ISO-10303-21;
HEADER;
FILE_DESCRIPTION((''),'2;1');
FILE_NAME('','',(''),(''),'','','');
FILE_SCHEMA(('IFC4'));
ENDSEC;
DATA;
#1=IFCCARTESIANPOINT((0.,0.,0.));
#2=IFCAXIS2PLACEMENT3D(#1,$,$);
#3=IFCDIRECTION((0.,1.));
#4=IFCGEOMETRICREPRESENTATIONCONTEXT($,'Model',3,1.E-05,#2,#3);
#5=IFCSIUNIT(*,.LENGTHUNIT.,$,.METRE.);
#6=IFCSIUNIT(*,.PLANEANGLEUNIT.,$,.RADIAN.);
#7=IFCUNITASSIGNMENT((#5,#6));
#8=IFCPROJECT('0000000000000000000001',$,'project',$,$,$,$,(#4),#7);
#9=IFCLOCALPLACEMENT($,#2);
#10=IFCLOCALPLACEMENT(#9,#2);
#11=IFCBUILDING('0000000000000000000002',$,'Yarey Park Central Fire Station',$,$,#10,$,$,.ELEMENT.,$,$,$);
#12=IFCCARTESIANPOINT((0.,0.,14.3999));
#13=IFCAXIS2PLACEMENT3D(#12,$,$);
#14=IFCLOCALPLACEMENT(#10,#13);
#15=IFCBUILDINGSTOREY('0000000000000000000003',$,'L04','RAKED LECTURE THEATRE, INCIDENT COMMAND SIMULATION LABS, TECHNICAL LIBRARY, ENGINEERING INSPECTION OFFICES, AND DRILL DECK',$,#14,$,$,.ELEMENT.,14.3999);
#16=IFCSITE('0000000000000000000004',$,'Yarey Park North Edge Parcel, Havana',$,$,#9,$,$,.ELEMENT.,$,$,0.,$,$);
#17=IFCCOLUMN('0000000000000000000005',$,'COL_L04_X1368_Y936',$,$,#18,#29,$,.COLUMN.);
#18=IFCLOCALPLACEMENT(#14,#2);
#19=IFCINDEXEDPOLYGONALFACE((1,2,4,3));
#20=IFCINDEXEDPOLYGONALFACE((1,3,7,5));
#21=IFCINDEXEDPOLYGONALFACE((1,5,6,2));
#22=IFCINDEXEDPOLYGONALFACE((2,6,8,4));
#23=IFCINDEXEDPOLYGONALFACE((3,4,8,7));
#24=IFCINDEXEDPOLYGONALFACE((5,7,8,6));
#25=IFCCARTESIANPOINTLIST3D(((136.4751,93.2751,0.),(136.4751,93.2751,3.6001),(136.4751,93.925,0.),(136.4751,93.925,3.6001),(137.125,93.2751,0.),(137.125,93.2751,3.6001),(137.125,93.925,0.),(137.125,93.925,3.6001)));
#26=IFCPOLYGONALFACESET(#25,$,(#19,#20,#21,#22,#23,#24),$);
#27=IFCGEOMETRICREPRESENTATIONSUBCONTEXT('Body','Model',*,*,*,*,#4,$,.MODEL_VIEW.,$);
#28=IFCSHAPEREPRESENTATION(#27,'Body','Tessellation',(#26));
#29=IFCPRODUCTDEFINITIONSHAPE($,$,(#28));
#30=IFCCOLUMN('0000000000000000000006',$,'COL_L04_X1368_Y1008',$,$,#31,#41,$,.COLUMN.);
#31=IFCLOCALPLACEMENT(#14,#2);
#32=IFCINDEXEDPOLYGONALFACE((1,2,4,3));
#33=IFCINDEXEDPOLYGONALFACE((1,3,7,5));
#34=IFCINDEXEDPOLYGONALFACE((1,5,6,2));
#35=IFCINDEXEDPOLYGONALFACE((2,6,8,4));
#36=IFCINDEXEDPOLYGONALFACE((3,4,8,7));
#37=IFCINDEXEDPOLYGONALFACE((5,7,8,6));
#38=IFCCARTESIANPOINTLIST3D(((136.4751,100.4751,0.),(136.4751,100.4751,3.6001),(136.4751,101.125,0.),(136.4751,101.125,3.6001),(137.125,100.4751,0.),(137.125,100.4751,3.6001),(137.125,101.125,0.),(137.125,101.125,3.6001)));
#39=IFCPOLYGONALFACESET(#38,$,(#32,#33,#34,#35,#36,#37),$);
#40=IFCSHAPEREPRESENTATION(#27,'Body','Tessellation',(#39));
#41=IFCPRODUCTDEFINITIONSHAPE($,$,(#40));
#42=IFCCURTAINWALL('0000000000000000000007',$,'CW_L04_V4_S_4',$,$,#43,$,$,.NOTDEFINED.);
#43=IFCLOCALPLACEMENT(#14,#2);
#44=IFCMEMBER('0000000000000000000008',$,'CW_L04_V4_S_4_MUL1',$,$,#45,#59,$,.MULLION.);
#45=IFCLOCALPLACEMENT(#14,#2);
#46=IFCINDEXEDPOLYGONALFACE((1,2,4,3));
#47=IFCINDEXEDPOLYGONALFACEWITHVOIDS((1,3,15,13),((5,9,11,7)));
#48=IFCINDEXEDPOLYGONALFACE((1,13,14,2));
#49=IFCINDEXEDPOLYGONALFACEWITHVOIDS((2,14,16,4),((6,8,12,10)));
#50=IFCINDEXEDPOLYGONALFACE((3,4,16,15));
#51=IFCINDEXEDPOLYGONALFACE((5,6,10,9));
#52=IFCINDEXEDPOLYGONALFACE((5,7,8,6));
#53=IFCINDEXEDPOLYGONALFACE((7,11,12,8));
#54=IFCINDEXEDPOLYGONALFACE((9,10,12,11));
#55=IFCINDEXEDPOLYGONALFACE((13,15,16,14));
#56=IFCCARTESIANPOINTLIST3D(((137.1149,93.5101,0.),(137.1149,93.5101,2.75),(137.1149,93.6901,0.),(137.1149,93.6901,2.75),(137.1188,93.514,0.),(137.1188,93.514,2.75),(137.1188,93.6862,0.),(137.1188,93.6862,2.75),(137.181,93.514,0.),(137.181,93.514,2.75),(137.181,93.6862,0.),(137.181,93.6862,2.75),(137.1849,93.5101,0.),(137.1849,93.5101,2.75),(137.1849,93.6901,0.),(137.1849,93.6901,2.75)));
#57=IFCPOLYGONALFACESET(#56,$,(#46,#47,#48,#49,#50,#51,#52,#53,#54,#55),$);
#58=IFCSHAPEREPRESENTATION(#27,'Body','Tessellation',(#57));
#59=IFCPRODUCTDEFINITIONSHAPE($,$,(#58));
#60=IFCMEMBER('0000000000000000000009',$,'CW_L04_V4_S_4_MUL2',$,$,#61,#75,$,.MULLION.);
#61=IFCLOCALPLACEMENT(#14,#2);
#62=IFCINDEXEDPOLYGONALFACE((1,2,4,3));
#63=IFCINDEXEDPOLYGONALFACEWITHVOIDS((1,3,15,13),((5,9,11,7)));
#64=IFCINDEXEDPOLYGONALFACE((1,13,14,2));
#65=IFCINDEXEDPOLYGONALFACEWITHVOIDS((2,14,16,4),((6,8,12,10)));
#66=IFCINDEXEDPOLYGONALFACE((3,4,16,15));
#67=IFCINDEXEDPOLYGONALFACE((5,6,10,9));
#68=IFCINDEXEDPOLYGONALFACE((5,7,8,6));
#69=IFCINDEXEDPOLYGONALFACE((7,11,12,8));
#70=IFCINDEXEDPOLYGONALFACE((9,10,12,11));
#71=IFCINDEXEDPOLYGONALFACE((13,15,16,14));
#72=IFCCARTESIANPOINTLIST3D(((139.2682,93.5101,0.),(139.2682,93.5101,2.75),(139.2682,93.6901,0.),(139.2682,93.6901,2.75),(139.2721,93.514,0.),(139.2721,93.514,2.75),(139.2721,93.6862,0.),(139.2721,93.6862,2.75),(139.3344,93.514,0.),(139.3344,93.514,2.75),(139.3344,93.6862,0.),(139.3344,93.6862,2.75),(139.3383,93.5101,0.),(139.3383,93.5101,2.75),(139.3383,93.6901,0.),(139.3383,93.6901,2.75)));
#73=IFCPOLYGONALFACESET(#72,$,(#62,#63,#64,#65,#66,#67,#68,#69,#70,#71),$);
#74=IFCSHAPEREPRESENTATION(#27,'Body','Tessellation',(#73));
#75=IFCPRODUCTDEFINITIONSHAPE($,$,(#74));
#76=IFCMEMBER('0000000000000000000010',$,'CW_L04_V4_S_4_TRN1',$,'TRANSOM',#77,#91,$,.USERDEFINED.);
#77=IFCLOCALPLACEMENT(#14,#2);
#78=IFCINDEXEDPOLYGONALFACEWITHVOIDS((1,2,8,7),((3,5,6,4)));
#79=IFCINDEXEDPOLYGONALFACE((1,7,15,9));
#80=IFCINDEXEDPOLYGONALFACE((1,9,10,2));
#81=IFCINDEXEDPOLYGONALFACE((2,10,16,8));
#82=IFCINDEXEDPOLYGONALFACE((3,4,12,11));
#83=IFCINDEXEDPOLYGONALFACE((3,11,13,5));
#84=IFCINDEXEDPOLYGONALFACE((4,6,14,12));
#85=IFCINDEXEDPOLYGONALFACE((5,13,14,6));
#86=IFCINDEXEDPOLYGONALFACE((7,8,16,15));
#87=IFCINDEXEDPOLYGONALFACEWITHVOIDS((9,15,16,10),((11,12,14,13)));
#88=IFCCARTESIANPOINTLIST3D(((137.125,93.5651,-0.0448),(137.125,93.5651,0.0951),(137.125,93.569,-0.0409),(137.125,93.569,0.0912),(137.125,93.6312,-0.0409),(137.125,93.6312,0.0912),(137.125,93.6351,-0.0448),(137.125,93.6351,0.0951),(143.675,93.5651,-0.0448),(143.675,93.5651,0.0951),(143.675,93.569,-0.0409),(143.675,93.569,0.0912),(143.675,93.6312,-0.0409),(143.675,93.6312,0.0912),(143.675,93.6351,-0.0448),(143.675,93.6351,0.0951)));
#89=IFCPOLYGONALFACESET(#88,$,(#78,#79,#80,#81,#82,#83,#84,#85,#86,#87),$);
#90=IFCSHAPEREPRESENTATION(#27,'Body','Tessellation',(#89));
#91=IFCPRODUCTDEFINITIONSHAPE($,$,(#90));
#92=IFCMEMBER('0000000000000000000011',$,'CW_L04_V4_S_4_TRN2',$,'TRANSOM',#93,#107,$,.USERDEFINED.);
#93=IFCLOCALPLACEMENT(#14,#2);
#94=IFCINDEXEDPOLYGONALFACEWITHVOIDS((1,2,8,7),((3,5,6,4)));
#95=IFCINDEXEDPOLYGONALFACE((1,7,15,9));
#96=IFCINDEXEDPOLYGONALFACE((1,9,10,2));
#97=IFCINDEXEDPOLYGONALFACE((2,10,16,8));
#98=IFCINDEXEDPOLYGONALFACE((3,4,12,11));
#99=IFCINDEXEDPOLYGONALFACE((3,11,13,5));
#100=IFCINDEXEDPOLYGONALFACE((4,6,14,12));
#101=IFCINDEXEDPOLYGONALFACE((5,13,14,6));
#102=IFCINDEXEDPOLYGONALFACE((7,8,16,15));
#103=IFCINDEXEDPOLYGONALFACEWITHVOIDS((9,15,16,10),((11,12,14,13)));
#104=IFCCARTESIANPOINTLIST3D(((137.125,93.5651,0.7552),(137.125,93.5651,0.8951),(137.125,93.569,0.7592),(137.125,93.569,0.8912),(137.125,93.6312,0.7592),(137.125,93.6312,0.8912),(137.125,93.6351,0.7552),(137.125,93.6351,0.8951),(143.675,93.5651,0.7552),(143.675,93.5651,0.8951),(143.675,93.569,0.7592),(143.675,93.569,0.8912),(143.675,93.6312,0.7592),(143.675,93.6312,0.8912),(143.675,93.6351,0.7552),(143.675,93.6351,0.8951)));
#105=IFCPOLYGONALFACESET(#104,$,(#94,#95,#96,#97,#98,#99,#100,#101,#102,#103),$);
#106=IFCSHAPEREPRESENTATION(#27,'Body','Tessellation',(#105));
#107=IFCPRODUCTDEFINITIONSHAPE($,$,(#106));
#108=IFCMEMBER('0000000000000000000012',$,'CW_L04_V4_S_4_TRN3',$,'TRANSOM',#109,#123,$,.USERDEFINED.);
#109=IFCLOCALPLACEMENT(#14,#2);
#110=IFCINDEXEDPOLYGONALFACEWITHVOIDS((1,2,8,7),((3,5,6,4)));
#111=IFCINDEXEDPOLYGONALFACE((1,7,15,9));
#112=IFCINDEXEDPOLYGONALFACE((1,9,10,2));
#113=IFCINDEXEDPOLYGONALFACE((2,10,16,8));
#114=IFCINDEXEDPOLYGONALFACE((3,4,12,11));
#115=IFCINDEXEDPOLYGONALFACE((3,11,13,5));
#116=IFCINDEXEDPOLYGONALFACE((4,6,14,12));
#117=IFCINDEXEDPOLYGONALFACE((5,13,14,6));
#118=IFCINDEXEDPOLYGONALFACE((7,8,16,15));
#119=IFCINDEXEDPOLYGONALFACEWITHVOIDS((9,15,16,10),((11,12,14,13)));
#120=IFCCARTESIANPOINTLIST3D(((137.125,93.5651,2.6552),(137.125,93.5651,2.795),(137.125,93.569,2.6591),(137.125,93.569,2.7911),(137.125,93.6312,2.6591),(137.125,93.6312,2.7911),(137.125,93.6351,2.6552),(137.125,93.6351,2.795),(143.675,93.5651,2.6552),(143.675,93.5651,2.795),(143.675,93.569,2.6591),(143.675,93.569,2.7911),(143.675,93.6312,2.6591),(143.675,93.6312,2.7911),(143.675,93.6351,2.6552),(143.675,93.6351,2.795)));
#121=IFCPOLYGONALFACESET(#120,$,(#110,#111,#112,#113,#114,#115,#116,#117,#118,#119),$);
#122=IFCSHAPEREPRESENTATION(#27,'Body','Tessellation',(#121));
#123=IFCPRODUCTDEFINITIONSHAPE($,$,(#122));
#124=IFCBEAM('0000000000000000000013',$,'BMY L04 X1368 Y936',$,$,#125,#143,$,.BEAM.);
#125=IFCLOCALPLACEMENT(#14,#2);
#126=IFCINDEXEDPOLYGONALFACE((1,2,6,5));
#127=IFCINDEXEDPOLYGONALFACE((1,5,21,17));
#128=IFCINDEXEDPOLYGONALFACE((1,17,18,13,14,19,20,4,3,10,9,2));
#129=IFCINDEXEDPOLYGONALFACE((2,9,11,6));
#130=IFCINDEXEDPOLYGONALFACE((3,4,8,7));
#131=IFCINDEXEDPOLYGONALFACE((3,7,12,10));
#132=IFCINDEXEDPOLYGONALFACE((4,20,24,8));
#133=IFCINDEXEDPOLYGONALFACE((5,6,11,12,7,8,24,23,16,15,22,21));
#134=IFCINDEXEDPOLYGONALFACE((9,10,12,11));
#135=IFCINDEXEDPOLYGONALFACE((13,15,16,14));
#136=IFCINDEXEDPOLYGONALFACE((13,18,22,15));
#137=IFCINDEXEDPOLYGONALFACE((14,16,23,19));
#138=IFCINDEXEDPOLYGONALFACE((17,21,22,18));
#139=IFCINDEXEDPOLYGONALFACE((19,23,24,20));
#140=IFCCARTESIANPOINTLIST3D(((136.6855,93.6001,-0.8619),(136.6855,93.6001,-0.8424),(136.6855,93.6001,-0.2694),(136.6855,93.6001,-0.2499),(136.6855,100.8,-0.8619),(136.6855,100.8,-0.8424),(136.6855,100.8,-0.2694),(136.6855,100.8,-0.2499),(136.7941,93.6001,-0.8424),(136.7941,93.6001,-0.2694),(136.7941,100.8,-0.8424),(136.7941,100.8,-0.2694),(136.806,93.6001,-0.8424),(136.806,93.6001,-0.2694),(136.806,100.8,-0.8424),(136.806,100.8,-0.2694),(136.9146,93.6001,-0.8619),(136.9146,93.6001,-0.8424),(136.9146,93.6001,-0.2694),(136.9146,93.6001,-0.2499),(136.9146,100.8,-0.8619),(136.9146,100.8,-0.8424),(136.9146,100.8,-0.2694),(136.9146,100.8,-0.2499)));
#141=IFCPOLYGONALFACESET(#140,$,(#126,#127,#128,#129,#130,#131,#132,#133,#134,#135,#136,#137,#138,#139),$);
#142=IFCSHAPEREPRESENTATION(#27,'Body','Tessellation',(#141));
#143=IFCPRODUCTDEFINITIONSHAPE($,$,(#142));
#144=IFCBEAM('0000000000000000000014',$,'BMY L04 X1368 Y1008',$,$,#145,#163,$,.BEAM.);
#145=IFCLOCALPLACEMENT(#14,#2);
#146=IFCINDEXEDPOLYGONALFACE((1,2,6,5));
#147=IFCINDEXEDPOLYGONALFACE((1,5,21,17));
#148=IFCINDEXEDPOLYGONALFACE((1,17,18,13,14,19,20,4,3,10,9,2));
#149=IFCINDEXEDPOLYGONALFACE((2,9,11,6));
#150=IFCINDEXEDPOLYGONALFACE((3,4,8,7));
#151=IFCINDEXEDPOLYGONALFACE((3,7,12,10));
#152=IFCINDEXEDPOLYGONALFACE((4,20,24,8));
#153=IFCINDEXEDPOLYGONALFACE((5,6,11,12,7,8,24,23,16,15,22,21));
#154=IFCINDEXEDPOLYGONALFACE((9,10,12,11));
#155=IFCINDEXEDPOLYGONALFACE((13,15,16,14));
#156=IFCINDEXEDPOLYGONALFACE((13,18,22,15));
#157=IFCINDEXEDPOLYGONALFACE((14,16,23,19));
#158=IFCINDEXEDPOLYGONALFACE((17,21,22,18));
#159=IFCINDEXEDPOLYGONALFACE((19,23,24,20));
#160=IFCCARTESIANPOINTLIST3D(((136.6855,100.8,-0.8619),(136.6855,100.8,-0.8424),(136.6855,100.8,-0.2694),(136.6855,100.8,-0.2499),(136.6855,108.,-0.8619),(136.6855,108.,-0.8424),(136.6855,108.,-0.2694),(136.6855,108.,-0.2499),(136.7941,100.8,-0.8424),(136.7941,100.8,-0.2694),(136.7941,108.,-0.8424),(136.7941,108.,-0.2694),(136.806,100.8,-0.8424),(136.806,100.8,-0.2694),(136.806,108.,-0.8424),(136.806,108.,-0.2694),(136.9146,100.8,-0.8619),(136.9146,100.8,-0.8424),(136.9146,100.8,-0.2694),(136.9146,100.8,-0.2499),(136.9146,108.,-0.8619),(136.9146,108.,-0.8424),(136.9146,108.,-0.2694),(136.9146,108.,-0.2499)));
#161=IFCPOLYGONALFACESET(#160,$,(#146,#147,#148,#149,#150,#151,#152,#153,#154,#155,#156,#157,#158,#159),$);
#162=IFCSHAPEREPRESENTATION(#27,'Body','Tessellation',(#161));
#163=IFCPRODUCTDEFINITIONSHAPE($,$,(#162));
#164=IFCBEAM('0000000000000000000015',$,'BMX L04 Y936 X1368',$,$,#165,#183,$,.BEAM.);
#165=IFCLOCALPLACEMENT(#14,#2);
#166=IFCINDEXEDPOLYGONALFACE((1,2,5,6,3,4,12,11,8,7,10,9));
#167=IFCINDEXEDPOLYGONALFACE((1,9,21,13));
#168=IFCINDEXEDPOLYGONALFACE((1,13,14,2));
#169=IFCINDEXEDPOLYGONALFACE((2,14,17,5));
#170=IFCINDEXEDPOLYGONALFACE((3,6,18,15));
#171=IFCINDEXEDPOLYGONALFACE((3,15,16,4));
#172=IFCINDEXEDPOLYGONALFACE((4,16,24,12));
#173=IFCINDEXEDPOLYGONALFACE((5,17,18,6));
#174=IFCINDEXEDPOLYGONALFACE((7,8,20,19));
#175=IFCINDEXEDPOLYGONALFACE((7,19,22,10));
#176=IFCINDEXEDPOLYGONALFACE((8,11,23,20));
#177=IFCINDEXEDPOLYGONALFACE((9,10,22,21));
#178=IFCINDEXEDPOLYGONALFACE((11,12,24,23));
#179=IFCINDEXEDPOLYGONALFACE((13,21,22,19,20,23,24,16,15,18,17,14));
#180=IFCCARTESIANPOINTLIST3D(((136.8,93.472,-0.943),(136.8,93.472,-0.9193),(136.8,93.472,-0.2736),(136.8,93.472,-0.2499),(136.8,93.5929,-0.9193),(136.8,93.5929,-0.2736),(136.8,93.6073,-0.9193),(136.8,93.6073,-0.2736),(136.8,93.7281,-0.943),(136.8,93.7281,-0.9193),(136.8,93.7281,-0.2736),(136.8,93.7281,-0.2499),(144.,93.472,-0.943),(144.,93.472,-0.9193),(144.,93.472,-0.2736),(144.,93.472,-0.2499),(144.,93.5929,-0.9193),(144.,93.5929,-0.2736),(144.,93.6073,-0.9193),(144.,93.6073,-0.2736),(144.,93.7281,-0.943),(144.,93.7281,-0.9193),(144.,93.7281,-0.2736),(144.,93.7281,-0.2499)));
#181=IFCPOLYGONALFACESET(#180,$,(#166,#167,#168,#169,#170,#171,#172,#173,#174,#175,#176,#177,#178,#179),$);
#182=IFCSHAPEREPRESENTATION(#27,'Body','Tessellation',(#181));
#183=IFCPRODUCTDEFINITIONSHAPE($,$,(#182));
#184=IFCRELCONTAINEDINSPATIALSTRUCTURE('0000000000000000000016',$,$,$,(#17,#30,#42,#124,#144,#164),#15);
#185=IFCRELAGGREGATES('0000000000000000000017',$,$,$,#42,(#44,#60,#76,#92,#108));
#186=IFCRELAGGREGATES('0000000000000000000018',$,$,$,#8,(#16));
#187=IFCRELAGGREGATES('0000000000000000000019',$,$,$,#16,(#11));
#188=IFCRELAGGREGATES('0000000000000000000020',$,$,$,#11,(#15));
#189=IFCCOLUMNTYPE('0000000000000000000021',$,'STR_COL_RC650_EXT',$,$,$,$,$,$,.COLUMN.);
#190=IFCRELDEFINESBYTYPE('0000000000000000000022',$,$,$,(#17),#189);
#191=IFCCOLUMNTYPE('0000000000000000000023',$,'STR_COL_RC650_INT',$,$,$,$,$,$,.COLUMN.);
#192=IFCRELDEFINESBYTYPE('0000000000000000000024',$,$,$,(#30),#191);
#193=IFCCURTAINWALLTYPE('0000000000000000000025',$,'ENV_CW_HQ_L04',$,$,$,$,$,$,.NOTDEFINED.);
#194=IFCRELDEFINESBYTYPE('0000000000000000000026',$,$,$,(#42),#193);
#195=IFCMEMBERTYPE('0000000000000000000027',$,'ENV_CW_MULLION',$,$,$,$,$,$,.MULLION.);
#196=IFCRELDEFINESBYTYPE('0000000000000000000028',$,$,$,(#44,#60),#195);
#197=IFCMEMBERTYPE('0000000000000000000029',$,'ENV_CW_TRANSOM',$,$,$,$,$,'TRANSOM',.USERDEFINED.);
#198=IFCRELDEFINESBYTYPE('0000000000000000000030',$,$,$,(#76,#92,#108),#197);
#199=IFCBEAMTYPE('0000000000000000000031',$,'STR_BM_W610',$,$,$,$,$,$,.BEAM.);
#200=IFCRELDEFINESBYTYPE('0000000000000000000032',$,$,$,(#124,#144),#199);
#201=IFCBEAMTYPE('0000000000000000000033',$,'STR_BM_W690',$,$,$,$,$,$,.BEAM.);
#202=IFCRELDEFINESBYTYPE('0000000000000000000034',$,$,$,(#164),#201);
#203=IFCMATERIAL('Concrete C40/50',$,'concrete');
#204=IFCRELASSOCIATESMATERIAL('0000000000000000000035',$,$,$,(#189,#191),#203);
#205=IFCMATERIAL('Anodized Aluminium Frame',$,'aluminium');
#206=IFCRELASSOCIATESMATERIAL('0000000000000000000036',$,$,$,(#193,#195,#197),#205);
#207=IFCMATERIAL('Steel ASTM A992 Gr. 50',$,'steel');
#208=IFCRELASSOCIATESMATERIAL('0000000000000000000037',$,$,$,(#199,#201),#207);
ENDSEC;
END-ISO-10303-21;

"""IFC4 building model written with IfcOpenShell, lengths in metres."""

from ifc_helpers import new_model, si_unit, direction, frame, origin, origin_2d, place, context, subcontext, project, spatial, rectangle, hollow_rectangle, i_section, extrude, material, material_profile, profile_set, type_object, element, aggregate, save


model = new_model("IFC4")

# Units and contexts
model_context = context("Model", 3, precision=1e-05, world=origin(), true_north=direction((0.0, 1.0)))
body_context = subcontext(model_context, "Body", "Model", "MODEL_VIEW")
ifc_project = project(units=[si_unit("LENGTHUNIT", "METRE"), si_unit("PLANEANGLEUNIT", "RADIAN")], contexts=[model_context])

# Site, building, storey
site_placement = place(None, origin())
site = spatial("IfcSite", under=ifc_project, at=site_placement, Name="Yarey Park North Edge Parcel, Havana", CompositionType="ELEMENT", RefElevation=0.0)
building_placement = place(site_placement, origin())
building = spatial("IfcBuilding", under=site, at=building_placement, Name="Yarey Park Central Fire Station", CompositionType="ELEMENT")
storey_placement = place(building_placement, frame((0.0, 0.0, 14.3999)))
storey = spatial("IfcBuildingStorey", under=building, at=storey_placement, Name="L04", Description="RAKED LECTURE THEATRE, INCIDENT COMMAND SIMULATION LABS, TECHNICAL LIBRARY, ENGINEERING INSPECTION OFFICES, AND DRILL DECK", CompositionType="ELEMENT", Elevation=14.3999)

# Columns
ifc_material_1 = material(Name="Concrete C40/50", Category="concrete")
ifc_material_profile_1 = material_profile(ifc_material_1, rectangle(XDim=0.6499, YDim=0.6499, at=origin_2d()), Name="RC 650x650")
ifc_profile_set_1 = profile_set([ifc_material_profile_1], Name="Concrete C40/50")
column_type_1 = type_object("IfcColumnType", Name="STR_COL_RC650_EXT", PredefinedType="COLUMN", material=ifc_profile_set_1)
column_1_placement = place(storey_placement, frame((136.8, 93.6001, 0.0), z_axis=(0.0, 0.0, 1.0), x_axis=(1.0, 0.0, 0.0)))
element("IfcColumn", 1, at=column_1_placement, inside=storey, type_object=column_type_1, Name="COL_L04_X1368_Y936", PredefinedType="COLUMN", context=body_context, shape_type="SweptSolid", body=[
    extrude(rectangle(XDim=0.6499, YDim=0.6499, at=origin_2d()), origin(), (0.0, 0.0, 1.0), 3.6001),
])
ifc_material_profile_2 = material_profile(ifc_material_1, rectangle(XDim=0.6499, YDim=0.6499, at=origin_2d()), Name="RC 650x650")
ifc_profile_set_2 = profile_set([ifc_material_profile_2], Name="Concrete C40/50")
column_type_2 = type_object("IfcColumnType", Name="STR_COL_RC650_INT", PredefinedType="COLUMN", material=ifc_profile_set_2)
column_2_placement = place(storey_placement, frame((136.8, 100.8, 0.0), z_axis=(0.0, 0.0, 1.0), x_axis=(1.0, 0.0, 0.0)))
element("IfcColumn", 2, at=column_2_placement, inside=storey, type_object=column_type_2, Name="COL_L04_X1368_Y1008", PredefinedType="COLUMN", context=body_context, shape_type="SweptSolid", body=[
    extrude(rectangle(XDim=0.6499, YDim=0.6499, at=origin_2d()), origin(), (0.0, 0.0, 1.0), 3.6001),
])

# Curtain wall, members
ifc_material_2 = material(Name="Anodized Aluminium Frame", Category="aluminium")
curtain_wall_type = type_object("IfcCurtainWallType", Name="ENV_CW_HQ_L04", PredefinedType="NOTDEFINED", material=ifc_material_2)
curtain_wall_placement = place(storey_placement, origin())
curtain_wall = element("IfcCurtainWall", 3, at=curtain_wall_placement, inside=storey, type_object=curtain_wall_type, Name="CW_L04_V4_S_4", PredefinedType="NOTDEFINED")
ifc_material_profile_3 = material_profile(ifc_material_2, hollow_rectangle(XDim=0.0701, YDim=0.1799, WallThickness=0.0039, at=origin_2d()), Name="ALU 180x70x4")
ifc_profile_set_3 = profile_set([ifc_material_profile_3], Name="Anodized Aluminium Frame")
member_type_1 = type_object("IfcMemberType", Name="ENV_CW_MULLION", PredefinedType="MULLION", material=ifc_profile_set_3)
member_1_placement = place(storey_placement, frame((137.1499, 93.6001, 0.0), z_axis=(0.0, 0.0, 1.0), x_axis=(1.0, 0.0, 0.0)))
member_1 = element("IfcMember", 4, at=member_1_placement, type_object=member_type_1, Name="CW_L04_V4_S_4_MUL1", PredefinedType="MULLION", context=body_context, shape_type="SweptSolid", body=[
    extrude(hollow_rectangle(XDim=0.0701, YDim=0.1799, WallThickness=0.0039, at=origin_2d()), origin(), (0.0, 0.0, 1.0), 2.75),
])
member_2_placement = place(storey_placement, frame((139.3032, 93.6001, 0.0), z_axis=(0.0, 0.0, 1.0), x_axis=(1.0, 0.0, 0.0)))
member_2 = element("IfcMember", 5, at=member_2_placement, type_object=member_type_1, Name="CW_L04_V4_S_4_MUL2", PredefinedType="MULLION", context=body_context, shape_type="SweptSolid", body=[
    extrude(hollow_rectangle(XDim=0.0701, YDim=0.1799, WallThickness=0.0039, at=origin_2d()), origin(), (0.0, 0.0, 1.0), 2.75),
])
ifc_material_profile_4 = material_profile(ifc_material_2, hollow_rectangle(XDim=0.0701, YDim=0.1399, WallThickness=0.0039, at=origin_2d()), Name="ALU 140x70x4")
ifc_profile_set_4 = profile_set([ifc_material_profile_4], Name="Anodized Aluminium Frame")
member_type_2 = type_object("IfcMemberType", Name="ENV_CW_TRANSOM", ElementType="TRANSOM", PredefinedType="USERDEFINED", material=ifc_profile_set_4)
member_3_placement = place(storey_placement, frame((137.125, 93.6001, 0.0251), z_axis=(1.0, 0.0, 0.0), x_axis=(0.0, 1.0, 0.0)))
member_3 = element("IfcMember", 6, at=member_3_placement, type_object=member_type_2, Name="CW_L04_V4_S_4_TRN1", ObjectType="TRANSOM", PredefinedType="USERDEFINED", context=body_context, shape_type="SweptSolid", body=[
    extrude(hollow_rectangle(XDim=0.0701, YDim=0.1399, WallThickness=0.0039, at=origin_2d()), origin(), (0.0, 0.0, 1.0), 6.55),
])
member_4_placement = place(storey_placement, frame((137.125, 93.6001, 0.8252), z_axis=(1.0, 0.0, 0.0), x_axis=(0.0, 1.0, 0.0)))
member_4 = element("IfcMember", 7, at=member_4_placement, type_object=member_type_2, Name="CW_L04_V4_S_4_TRN2", ObjectType="TRANSOM", PredefinedType="USERDEFINED", context=body_context, shape_type="SweptSolid", body=[
    extrude(hollow_rectangle(XDim=0.0701, YDim=0.1399, WallThickness=0.0039, at=origin_2d()), origin(), (0.0, 0.0, 1.0), 6.55),
])
member_5_placement = place(storey_placement, frame((137.125, 93.6001, 2.7251), z_axis=(1.0, 0.0, 0.0), x_axis=(0.0, 1.0, 0.0)))
member_5 = element("IfcMember", 8, at=member_5_placement, type_object=member_type_2, Name="CW_L04_V4_S_4_TRN3", ObjectType="TRANSOM", PredefinedType="USERDEFINED", context=body_context, shape_type="SweptSolid", body=[
    extrude(hollow_rectangle(XDim=0.0701, YDim=0.1399, WallThickness=0.0039, at=origin_2d()), origin(), (0.0, 0.0, 1.0), 6.55),
])

# Beams
ifc_material_3 = material(Name="Steel ASTM A992 Gr. 50", Category="steel")
ifc_material_profile_5 = material_profile(ifc_material_3, i_section(OverallWidth=0.229, OverallDepth=0.6121, WebThickness=0.012, FlangeThickness=0.0195, at=origin_2d()), Name="W610x125")
ifc_profile_set_5 = profile_set([ifc_material_profile_5], Name="Steel ASTM A992 Gr. 50")
beam_type_1 = type_object("IfcBeamType", Name="STR_BM_W610", PredefinedType="BEAM", material=ifc_profile_set_5)
for number, where, z_axis, x_axis, name in (
    (9, (136.8, 93.6001, -0.5559), (0.0, 1.0, 0.0), (-1.0, 0.0, 0.0), "BMY L04 X1368 Y936"),
    (10, (136.8, 100.8, -0.5559), (0.0, 1.0, 0.0), (-1.0, 0.0, 0.0), "BMY L04 X1368 Y1008"),
):
    element("IfcBeam", number, at=place(storey_placement, frame(where, z_axis=z_axis, x_axis=x_axis)), inside=storey, type_object=beam_type_1, Name=name, PredefinedType="BEAM", context=body_context, shape_type="SweptSolid", body=[
        extrude(i_section(OverallWidth=0.229, OverallDepth=0.6121, WebThickness=0.012, FlangeThickness=0.0195, at=origin_2d()), origin(), (0.0, 0.0, 1.0), 7.2),
    ])
ifc_material_profile_6 = material_profile(ifc_material_3, i_section(OverallWidth=0.2561, OverallDepth=0.6931, WebThickness=0.0144, FlangeThickness=0.0237, at=origin_2d()), Name="W690x170")
ifc_profile_set_6 = profile_set([ifc_material_profile_6], Name="Steel ASTM A992 Gr. 50")
beam_type_2 = type_object("IfcBeamType", Name="STR_BM_W690", PredefinedType="BEAM", material=ifc_profile_set_6)
beam_placement = place(storey_placement, frame((136.8, 93.6001, -0.5964), z_axis=(1.0, 0.0, 0.0), x_axis=(0.0, 1.0, 0.0)))
element("IfcBeam", 11, at=beam_placement, inside=storey, type_object=beam_type_2, Name="BMX L04 Y936 X1368", PredefinedType="BEAM", context=body_context, shape_type="SweptSolid", body=[
    extrude(i_section(OverallWidth=0.2561, OverallDepth=0.6931, WebThickness=0.0144, FlangeThickness=0.0237, at=origin_2d()), origin(), (0.0, 0.0, 1.0), 7.2),
])

aggregate(curtain_wall, [member_1, member_2, member_3, member_4, member_5])

save(model, "model.ifc")
